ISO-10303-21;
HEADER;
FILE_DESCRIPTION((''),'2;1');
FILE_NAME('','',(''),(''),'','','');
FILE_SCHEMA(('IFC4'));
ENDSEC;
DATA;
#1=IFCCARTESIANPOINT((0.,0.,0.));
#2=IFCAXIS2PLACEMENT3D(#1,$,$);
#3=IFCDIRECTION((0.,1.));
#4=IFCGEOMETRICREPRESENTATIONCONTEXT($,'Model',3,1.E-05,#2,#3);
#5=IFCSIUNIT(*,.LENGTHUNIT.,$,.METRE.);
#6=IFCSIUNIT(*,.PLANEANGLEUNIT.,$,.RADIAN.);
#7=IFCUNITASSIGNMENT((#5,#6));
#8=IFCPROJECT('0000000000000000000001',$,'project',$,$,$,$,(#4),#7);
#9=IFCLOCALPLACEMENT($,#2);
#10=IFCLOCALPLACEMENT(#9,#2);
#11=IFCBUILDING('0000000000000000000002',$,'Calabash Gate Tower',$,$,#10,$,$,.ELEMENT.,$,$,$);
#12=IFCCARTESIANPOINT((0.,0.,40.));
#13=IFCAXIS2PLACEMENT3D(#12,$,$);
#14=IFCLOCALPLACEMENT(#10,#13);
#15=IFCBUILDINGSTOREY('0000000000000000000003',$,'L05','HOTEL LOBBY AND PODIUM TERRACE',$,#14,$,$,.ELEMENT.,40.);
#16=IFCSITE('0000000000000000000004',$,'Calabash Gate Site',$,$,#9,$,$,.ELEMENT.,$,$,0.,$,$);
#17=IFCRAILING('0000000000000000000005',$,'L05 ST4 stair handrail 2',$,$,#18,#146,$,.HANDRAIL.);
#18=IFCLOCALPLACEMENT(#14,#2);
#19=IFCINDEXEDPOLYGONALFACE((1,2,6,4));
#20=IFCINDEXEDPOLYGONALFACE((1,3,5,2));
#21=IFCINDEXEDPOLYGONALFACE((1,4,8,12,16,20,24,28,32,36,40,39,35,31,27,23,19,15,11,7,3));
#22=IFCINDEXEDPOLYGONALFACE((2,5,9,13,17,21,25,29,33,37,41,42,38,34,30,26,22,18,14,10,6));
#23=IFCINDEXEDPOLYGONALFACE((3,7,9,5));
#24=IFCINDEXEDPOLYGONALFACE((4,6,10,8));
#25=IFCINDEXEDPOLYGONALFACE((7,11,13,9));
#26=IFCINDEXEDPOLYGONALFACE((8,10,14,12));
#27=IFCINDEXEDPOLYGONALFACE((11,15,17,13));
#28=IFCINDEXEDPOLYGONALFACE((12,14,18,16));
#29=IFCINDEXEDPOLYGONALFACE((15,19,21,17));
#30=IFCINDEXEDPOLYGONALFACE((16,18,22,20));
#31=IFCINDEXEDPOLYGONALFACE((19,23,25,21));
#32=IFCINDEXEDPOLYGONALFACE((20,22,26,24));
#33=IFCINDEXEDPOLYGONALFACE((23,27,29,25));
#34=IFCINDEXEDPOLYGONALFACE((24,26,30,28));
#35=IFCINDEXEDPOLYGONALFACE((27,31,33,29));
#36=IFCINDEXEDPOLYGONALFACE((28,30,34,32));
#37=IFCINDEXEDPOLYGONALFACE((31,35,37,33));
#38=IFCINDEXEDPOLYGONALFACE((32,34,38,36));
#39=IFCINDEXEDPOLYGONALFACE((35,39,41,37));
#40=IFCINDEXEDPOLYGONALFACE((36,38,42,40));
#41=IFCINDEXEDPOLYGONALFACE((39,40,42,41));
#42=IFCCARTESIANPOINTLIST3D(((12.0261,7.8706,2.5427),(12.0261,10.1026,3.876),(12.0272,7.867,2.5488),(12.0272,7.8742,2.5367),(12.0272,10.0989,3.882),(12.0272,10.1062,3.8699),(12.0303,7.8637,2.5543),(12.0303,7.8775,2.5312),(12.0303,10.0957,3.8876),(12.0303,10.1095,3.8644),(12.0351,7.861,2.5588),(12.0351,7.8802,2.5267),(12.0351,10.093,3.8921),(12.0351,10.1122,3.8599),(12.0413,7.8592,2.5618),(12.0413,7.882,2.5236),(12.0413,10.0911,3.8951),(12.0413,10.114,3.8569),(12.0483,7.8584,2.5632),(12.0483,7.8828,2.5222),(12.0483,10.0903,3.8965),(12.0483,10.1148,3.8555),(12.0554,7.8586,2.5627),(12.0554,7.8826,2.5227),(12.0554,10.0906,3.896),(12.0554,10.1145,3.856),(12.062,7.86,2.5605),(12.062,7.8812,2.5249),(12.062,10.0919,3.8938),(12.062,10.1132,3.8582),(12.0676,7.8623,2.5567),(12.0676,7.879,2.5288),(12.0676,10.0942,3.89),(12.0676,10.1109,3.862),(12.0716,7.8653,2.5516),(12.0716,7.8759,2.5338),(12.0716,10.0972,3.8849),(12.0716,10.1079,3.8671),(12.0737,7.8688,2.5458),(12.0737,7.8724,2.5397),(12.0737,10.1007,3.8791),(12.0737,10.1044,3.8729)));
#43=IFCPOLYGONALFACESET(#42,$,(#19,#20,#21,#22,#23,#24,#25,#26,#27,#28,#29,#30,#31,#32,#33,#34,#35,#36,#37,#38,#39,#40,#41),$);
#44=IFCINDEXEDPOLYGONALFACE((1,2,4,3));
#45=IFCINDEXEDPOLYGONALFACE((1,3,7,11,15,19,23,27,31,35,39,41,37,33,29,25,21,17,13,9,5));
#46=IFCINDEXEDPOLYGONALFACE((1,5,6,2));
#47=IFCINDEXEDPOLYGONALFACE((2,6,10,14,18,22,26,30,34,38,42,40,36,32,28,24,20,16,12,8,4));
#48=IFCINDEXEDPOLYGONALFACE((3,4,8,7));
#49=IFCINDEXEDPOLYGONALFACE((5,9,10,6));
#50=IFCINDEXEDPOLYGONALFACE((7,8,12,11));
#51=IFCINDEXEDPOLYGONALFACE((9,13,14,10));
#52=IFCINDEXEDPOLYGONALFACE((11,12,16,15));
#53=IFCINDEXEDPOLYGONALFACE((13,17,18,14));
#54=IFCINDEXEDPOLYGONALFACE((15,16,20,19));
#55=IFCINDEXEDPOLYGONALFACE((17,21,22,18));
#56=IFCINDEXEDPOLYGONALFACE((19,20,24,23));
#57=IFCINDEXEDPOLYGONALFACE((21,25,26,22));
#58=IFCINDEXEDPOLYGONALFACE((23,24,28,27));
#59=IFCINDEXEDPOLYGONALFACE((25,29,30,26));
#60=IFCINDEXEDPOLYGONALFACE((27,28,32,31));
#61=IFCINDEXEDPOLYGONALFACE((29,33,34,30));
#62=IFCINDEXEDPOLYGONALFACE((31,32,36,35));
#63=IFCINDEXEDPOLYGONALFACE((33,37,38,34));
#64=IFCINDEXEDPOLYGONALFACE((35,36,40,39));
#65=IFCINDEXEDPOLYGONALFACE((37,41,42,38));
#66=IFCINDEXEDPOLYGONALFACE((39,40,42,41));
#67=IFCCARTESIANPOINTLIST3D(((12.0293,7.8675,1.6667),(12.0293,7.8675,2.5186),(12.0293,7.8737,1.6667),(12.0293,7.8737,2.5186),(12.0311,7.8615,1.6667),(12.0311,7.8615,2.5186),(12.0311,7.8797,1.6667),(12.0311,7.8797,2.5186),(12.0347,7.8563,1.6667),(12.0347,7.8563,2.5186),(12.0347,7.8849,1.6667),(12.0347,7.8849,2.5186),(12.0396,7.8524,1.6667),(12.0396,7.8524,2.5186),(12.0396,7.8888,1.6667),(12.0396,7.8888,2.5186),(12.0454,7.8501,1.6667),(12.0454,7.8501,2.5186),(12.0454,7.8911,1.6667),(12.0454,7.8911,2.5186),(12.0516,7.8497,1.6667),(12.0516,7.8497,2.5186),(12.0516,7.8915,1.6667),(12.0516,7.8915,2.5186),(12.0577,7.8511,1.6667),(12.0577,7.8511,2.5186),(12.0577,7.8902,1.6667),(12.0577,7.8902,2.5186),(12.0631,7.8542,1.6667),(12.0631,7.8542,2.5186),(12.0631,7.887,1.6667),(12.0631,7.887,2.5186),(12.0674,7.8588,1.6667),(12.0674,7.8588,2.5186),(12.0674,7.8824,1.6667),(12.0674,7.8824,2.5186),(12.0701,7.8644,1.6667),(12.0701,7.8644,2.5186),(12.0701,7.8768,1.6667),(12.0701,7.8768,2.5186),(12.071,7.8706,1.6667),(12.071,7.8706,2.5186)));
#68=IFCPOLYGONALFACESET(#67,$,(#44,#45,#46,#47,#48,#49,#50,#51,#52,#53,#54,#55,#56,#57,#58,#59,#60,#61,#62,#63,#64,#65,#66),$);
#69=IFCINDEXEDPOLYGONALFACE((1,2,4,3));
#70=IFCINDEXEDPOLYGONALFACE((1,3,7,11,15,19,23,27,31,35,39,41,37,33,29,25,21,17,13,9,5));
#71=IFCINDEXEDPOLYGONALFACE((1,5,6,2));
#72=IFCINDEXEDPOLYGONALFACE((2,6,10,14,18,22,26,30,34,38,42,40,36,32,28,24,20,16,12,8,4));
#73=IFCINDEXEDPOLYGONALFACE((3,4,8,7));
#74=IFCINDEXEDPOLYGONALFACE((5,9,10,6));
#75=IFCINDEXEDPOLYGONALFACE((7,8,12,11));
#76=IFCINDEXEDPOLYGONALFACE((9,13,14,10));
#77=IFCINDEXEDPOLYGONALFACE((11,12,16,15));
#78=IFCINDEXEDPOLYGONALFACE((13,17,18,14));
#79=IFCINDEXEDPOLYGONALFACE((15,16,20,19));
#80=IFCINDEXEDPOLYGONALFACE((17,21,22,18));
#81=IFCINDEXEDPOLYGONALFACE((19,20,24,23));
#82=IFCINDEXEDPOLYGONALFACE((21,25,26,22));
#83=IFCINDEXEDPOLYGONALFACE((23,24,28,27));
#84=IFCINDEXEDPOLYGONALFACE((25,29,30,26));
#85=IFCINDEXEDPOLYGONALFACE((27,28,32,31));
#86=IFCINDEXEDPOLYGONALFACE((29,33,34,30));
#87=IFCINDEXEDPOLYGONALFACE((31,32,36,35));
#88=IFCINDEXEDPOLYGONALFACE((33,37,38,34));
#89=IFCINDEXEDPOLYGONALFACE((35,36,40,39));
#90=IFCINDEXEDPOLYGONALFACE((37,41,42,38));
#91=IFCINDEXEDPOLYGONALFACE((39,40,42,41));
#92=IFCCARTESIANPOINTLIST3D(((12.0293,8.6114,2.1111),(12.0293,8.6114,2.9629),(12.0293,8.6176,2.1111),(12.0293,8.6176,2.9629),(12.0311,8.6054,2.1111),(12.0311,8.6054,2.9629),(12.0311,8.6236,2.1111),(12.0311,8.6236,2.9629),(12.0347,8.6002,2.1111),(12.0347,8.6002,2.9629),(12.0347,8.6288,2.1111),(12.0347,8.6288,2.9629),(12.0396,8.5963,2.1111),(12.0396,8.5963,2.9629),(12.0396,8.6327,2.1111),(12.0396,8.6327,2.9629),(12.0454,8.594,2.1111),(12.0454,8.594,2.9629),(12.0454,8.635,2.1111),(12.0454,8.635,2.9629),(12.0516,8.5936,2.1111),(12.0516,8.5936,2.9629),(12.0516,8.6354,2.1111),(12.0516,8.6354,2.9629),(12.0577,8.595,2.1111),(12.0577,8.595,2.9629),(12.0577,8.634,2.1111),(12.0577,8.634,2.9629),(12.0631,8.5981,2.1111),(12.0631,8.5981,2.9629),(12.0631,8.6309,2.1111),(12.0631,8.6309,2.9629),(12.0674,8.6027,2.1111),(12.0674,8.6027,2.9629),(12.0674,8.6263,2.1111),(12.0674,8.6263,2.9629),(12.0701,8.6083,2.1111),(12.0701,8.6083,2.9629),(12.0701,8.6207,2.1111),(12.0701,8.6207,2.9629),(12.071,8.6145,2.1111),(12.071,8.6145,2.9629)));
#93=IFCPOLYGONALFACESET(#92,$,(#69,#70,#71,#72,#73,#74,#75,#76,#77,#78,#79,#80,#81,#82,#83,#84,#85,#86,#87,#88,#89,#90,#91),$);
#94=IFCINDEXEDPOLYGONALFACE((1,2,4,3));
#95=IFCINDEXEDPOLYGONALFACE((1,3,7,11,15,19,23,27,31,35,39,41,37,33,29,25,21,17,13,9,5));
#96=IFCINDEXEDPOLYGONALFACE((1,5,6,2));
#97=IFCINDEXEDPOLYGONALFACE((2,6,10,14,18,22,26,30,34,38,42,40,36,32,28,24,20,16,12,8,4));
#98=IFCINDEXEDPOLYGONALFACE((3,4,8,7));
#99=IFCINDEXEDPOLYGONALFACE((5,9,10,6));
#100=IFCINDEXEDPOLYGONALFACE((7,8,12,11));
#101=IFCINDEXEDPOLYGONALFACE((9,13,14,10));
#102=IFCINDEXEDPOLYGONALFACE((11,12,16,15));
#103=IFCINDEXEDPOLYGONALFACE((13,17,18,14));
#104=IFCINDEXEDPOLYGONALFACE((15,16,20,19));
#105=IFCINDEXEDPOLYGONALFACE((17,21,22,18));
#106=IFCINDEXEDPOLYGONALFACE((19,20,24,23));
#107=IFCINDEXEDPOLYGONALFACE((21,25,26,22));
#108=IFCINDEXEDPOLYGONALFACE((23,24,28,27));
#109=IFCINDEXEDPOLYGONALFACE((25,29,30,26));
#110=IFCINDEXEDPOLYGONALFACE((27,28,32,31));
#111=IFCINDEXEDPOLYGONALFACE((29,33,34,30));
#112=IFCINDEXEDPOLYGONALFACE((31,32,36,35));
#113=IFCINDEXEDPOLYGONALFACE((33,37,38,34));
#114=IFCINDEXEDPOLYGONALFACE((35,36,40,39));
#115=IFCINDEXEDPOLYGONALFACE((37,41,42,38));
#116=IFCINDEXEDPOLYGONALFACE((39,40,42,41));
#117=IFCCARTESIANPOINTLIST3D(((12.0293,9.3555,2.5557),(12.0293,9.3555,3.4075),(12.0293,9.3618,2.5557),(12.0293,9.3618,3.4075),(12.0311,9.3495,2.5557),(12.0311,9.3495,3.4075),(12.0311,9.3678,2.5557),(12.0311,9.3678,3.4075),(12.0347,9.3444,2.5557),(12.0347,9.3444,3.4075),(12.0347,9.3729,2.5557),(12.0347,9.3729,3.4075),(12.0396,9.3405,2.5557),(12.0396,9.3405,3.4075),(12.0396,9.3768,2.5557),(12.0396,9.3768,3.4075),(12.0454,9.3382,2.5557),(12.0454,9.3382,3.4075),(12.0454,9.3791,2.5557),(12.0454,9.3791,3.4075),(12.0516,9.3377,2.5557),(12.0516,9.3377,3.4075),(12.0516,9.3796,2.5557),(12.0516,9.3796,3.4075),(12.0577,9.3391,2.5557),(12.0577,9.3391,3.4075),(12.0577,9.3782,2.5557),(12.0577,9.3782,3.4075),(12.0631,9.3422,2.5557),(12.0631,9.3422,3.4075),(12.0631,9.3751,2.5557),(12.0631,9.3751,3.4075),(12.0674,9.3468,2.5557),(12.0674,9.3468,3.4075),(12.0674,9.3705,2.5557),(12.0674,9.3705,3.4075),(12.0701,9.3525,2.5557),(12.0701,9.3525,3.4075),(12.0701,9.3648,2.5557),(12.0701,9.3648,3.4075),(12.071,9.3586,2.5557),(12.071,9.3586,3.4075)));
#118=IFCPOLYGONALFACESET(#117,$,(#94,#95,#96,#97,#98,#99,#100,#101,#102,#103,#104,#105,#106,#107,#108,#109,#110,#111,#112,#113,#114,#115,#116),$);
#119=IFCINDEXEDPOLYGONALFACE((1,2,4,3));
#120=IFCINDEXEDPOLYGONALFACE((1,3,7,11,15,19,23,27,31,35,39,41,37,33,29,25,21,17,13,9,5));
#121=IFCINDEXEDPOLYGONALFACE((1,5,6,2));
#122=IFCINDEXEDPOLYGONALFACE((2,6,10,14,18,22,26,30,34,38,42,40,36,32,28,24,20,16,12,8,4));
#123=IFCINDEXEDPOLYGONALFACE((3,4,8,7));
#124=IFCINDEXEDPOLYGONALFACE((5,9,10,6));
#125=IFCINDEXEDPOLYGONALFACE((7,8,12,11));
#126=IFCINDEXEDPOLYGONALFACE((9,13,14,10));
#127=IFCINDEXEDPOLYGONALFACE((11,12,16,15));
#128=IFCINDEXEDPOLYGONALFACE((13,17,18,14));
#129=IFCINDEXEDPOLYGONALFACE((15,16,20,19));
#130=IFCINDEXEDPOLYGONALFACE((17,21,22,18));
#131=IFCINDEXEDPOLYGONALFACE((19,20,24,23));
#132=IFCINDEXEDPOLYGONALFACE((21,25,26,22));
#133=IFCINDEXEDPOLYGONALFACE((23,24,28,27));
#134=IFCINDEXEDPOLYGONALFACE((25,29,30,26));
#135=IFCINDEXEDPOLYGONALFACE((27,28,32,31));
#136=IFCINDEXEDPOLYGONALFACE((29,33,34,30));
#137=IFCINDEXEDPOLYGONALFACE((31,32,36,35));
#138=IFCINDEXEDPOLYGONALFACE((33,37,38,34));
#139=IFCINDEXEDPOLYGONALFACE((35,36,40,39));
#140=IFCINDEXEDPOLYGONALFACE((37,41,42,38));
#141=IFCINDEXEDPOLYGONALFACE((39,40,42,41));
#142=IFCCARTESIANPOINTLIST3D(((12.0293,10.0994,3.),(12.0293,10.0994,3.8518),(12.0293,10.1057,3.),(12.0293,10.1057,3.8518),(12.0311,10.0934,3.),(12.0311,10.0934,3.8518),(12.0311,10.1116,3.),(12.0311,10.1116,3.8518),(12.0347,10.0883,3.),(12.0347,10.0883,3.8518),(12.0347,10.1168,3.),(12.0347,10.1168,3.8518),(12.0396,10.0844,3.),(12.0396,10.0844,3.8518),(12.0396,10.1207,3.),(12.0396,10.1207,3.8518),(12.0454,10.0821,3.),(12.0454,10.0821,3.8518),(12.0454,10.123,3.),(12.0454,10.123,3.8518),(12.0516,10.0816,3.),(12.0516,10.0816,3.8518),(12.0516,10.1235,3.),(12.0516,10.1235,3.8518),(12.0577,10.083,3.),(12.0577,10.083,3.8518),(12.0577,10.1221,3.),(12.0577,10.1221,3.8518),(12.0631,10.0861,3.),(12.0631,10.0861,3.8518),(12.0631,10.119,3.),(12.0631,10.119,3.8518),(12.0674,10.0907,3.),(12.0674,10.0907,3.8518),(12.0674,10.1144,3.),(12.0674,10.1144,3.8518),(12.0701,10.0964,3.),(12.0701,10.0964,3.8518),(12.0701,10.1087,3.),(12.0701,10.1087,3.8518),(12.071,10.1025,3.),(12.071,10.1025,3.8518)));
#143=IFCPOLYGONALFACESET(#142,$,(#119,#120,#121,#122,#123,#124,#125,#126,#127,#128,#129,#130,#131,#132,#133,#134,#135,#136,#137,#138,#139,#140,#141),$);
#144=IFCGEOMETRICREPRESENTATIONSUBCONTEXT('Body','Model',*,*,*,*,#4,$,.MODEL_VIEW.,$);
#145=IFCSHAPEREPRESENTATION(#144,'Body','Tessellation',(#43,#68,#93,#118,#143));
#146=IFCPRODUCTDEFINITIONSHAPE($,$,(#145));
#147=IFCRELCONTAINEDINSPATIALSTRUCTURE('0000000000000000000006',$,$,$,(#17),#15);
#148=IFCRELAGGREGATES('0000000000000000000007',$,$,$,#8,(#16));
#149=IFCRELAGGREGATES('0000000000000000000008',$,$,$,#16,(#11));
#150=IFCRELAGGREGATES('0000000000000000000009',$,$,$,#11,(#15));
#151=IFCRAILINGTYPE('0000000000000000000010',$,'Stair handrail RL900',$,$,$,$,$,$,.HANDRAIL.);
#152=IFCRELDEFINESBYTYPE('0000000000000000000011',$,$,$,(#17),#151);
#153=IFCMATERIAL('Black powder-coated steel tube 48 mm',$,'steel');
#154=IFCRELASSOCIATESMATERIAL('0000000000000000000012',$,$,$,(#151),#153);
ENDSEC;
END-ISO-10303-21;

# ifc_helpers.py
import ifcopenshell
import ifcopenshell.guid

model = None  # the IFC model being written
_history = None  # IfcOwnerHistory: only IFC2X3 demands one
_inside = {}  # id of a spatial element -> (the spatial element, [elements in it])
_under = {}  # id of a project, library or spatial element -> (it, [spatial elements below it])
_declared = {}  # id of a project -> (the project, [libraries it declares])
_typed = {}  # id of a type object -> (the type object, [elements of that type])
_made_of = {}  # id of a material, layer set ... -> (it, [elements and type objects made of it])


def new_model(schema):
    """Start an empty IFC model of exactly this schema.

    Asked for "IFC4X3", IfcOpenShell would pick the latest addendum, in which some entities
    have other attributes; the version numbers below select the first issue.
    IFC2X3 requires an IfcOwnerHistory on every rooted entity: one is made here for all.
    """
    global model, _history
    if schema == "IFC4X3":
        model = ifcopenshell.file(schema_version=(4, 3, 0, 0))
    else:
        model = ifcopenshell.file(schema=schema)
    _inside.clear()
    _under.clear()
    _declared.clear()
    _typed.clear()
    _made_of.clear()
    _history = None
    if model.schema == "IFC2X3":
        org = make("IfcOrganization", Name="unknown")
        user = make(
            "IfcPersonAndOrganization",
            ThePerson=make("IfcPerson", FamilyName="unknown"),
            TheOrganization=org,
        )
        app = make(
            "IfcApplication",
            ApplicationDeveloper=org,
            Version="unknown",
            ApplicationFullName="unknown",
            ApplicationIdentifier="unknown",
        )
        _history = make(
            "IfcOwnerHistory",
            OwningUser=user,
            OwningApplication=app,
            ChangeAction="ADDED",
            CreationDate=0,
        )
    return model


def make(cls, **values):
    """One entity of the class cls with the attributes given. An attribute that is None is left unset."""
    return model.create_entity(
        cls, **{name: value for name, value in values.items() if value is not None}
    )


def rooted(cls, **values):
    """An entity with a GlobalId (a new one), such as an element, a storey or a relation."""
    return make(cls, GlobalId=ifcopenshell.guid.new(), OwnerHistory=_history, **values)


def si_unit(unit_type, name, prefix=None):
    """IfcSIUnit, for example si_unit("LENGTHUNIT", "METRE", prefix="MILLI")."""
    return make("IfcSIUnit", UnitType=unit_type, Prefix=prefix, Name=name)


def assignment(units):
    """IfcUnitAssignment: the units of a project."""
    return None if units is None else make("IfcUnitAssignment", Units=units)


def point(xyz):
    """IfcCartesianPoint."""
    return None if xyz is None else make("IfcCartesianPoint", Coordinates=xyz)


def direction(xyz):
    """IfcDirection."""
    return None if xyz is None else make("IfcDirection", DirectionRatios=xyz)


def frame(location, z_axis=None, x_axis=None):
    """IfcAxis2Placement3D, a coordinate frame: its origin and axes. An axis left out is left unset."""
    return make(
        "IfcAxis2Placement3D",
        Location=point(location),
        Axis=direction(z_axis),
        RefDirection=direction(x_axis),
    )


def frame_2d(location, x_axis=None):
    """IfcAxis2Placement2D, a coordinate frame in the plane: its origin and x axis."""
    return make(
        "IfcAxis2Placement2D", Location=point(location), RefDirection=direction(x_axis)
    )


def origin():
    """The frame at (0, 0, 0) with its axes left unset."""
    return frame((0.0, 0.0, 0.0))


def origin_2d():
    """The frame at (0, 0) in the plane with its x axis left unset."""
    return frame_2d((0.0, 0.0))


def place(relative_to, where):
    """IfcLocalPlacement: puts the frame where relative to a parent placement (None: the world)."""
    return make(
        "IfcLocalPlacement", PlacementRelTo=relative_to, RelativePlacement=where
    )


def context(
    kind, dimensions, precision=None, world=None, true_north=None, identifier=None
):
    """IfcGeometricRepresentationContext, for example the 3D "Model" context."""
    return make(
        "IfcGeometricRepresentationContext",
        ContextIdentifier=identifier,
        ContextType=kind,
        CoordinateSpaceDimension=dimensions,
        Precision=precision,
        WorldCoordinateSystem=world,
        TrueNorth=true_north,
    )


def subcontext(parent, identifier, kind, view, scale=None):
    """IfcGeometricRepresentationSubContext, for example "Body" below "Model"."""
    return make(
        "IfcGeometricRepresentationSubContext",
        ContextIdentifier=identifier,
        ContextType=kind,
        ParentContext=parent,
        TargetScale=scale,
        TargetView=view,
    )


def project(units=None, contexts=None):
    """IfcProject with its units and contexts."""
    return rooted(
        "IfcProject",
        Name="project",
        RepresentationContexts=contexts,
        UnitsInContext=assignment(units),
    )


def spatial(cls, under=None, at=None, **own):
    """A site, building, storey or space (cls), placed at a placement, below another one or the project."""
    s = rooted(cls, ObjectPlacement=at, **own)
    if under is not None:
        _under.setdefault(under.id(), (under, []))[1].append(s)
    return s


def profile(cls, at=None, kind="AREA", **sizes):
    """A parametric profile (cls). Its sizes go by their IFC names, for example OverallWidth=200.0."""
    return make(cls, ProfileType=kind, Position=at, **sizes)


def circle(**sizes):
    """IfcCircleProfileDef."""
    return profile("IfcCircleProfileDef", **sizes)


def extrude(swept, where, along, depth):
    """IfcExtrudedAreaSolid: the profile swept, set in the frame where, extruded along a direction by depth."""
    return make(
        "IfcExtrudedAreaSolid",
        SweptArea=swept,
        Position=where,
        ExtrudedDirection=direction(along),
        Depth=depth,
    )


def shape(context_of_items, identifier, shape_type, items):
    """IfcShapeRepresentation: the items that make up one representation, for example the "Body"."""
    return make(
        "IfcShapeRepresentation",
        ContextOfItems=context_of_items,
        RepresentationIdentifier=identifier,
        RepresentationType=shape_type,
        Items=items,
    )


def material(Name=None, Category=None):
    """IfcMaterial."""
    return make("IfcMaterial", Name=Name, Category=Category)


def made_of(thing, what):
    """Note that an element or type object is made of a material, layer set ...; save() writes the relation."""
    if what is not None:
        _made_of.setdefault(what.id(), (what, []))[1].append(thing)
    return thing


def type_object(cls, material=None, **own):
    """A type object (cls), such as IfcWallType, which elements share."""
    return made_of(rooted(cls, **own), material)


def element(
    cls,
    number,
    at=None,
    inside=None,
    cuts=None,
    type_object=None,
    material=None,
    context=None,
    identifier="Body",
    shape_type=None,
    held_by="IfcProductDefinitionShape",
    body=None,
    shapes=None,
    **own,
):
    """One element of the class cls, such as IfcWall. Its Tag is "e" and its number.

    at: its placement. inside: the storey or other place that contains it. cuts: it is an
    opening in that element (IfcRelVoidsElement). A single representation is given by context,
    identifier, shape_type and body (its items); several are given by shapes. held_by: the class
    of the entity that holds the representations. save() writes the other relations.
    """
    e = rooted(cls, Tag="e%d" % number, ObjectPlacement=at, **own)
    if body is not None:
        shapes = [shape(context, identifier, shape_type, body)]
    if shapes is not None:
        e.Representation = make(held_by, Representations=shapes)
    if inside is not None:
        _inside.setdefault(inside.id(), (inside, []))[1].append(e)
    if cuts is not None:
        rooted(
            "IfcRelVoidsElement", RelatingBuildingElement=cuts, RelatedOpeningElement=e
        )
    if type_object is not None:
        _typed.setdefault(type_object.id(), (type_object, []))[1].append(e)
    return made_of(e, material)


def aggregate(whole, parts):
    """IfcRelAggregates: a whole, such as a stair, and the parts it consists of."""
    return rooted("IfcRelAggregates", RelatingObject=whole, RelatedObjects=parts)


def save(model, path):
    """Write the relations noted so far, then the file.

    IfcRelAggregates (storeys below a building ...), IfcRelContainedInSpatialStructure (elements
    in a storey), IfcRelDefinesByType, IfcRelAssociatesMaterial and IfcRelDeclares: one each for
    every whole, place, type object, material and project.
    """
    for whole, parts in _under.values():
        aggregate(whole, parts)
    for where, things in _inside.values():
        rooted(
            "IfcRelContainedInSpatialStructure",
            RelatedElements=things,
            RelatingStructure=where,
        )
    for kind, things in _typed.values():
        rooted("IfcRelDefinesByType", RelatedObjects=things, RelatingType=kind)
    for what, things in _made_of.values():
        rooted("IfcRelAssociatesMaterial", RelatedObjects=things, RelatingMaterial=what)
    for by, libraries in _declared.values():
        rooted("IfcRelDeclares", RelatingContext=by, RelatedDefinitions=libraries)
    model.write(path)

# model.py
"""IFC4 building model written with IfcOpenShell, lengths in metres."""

from ifc_helpers import new_model, si_unit, direction, frame, origin, origin_2d, place, context, subcontext, project, spatial, circle, extrude, material, type_object, element, save


model = new_model("IFC4")

# Units and contexts
model_context = context("Model", 3, precision=1e-05, world=origin(), true_north=direction((0.0, 1.0)))
body_context = subcontext(model_context, "Body", "Model", "MODEL_VIEW")
ifc_project = project(units=[si_unit("LENGTHUNIT", "METRE"), si_unit("PLANEANGLEUNIT", "RADIAN")], contexts=[model_context])

# Site, building, storey
site_placement = place(None, origin())
site = spatial("IfcSite", under=ifc_project, at=site_placement, Name="Calabash Gate Site", CompositionType="ELEMENT", RefElevation=0.0)
building_placement = place(site_placement, origin())
building = spatial("IfcBuilding", under=site, at=building_placement, Name="Calabash Gate Tower", CompositionType="ELEMENT")
storey_placement = place(building_placement, frame((0.0, 0.0, 40.0)))
storey = spatial("IfcBuildingStorey", under=building, at=storey_placement, Name="L05", Description="HOTEL LOBBY AND PODIUM TERRACE", CompositionType="ELEMENT", Elevation=40.0)

# Railing
ifc_material_1 = material(Name="Black powder-coated steel tube 48 mm", Category="steel")
railing_type = type_object("IfcRailingType", Name="Stair handrail RL900", PredefinedType="HANDRAIL", material=ifc_material_1)
for number, where, name in (
    (1, (12.05, 7.8706, 1.6667), "L05 ST4 stair handrail 2"),
):
    element("IfcRailing", number, at=place(storey_placement, frame(where)), inside=storey, type_object=railing_type, Name=name, PredefinedType="HANDRAIL", context=body_context, shape_type="SweptSolid", body=[
        extrude(circle(Radius=0.0239, at=origin_2d()), frame((0.0, 0.0, 0.876), z_axis=(0.0, 0.858494, 0.512824), x_axis=(-1.0, 0.0, 0.0)), (0.0, 0.0, 1.0), 2.5999),
        extrude(circle(Radius=0.021, at=origin_2d()), origin(), (0.0, 0.0, 1.0), 0.8518),
        extrude(circle(Radius=0.021, at=origin_2d()), frame((0.0, 0.7439, 0.4443)), (0.0, 0.0, 1.0), 0.8518),
        extrude(circle(Radius=0.021, at=origin_2d()), frame((0.0, 1.488, 0.8889)), (0.0, 0.0, 1.0), 0.8518),
        extrude(circle(Radius=0.021, at=origin_2d()), frame((0.0, 2.2319, 1.3333)), (0.0, 0.0, 1.0), 0.8518),
    ])

save(model, "model.ifc")
